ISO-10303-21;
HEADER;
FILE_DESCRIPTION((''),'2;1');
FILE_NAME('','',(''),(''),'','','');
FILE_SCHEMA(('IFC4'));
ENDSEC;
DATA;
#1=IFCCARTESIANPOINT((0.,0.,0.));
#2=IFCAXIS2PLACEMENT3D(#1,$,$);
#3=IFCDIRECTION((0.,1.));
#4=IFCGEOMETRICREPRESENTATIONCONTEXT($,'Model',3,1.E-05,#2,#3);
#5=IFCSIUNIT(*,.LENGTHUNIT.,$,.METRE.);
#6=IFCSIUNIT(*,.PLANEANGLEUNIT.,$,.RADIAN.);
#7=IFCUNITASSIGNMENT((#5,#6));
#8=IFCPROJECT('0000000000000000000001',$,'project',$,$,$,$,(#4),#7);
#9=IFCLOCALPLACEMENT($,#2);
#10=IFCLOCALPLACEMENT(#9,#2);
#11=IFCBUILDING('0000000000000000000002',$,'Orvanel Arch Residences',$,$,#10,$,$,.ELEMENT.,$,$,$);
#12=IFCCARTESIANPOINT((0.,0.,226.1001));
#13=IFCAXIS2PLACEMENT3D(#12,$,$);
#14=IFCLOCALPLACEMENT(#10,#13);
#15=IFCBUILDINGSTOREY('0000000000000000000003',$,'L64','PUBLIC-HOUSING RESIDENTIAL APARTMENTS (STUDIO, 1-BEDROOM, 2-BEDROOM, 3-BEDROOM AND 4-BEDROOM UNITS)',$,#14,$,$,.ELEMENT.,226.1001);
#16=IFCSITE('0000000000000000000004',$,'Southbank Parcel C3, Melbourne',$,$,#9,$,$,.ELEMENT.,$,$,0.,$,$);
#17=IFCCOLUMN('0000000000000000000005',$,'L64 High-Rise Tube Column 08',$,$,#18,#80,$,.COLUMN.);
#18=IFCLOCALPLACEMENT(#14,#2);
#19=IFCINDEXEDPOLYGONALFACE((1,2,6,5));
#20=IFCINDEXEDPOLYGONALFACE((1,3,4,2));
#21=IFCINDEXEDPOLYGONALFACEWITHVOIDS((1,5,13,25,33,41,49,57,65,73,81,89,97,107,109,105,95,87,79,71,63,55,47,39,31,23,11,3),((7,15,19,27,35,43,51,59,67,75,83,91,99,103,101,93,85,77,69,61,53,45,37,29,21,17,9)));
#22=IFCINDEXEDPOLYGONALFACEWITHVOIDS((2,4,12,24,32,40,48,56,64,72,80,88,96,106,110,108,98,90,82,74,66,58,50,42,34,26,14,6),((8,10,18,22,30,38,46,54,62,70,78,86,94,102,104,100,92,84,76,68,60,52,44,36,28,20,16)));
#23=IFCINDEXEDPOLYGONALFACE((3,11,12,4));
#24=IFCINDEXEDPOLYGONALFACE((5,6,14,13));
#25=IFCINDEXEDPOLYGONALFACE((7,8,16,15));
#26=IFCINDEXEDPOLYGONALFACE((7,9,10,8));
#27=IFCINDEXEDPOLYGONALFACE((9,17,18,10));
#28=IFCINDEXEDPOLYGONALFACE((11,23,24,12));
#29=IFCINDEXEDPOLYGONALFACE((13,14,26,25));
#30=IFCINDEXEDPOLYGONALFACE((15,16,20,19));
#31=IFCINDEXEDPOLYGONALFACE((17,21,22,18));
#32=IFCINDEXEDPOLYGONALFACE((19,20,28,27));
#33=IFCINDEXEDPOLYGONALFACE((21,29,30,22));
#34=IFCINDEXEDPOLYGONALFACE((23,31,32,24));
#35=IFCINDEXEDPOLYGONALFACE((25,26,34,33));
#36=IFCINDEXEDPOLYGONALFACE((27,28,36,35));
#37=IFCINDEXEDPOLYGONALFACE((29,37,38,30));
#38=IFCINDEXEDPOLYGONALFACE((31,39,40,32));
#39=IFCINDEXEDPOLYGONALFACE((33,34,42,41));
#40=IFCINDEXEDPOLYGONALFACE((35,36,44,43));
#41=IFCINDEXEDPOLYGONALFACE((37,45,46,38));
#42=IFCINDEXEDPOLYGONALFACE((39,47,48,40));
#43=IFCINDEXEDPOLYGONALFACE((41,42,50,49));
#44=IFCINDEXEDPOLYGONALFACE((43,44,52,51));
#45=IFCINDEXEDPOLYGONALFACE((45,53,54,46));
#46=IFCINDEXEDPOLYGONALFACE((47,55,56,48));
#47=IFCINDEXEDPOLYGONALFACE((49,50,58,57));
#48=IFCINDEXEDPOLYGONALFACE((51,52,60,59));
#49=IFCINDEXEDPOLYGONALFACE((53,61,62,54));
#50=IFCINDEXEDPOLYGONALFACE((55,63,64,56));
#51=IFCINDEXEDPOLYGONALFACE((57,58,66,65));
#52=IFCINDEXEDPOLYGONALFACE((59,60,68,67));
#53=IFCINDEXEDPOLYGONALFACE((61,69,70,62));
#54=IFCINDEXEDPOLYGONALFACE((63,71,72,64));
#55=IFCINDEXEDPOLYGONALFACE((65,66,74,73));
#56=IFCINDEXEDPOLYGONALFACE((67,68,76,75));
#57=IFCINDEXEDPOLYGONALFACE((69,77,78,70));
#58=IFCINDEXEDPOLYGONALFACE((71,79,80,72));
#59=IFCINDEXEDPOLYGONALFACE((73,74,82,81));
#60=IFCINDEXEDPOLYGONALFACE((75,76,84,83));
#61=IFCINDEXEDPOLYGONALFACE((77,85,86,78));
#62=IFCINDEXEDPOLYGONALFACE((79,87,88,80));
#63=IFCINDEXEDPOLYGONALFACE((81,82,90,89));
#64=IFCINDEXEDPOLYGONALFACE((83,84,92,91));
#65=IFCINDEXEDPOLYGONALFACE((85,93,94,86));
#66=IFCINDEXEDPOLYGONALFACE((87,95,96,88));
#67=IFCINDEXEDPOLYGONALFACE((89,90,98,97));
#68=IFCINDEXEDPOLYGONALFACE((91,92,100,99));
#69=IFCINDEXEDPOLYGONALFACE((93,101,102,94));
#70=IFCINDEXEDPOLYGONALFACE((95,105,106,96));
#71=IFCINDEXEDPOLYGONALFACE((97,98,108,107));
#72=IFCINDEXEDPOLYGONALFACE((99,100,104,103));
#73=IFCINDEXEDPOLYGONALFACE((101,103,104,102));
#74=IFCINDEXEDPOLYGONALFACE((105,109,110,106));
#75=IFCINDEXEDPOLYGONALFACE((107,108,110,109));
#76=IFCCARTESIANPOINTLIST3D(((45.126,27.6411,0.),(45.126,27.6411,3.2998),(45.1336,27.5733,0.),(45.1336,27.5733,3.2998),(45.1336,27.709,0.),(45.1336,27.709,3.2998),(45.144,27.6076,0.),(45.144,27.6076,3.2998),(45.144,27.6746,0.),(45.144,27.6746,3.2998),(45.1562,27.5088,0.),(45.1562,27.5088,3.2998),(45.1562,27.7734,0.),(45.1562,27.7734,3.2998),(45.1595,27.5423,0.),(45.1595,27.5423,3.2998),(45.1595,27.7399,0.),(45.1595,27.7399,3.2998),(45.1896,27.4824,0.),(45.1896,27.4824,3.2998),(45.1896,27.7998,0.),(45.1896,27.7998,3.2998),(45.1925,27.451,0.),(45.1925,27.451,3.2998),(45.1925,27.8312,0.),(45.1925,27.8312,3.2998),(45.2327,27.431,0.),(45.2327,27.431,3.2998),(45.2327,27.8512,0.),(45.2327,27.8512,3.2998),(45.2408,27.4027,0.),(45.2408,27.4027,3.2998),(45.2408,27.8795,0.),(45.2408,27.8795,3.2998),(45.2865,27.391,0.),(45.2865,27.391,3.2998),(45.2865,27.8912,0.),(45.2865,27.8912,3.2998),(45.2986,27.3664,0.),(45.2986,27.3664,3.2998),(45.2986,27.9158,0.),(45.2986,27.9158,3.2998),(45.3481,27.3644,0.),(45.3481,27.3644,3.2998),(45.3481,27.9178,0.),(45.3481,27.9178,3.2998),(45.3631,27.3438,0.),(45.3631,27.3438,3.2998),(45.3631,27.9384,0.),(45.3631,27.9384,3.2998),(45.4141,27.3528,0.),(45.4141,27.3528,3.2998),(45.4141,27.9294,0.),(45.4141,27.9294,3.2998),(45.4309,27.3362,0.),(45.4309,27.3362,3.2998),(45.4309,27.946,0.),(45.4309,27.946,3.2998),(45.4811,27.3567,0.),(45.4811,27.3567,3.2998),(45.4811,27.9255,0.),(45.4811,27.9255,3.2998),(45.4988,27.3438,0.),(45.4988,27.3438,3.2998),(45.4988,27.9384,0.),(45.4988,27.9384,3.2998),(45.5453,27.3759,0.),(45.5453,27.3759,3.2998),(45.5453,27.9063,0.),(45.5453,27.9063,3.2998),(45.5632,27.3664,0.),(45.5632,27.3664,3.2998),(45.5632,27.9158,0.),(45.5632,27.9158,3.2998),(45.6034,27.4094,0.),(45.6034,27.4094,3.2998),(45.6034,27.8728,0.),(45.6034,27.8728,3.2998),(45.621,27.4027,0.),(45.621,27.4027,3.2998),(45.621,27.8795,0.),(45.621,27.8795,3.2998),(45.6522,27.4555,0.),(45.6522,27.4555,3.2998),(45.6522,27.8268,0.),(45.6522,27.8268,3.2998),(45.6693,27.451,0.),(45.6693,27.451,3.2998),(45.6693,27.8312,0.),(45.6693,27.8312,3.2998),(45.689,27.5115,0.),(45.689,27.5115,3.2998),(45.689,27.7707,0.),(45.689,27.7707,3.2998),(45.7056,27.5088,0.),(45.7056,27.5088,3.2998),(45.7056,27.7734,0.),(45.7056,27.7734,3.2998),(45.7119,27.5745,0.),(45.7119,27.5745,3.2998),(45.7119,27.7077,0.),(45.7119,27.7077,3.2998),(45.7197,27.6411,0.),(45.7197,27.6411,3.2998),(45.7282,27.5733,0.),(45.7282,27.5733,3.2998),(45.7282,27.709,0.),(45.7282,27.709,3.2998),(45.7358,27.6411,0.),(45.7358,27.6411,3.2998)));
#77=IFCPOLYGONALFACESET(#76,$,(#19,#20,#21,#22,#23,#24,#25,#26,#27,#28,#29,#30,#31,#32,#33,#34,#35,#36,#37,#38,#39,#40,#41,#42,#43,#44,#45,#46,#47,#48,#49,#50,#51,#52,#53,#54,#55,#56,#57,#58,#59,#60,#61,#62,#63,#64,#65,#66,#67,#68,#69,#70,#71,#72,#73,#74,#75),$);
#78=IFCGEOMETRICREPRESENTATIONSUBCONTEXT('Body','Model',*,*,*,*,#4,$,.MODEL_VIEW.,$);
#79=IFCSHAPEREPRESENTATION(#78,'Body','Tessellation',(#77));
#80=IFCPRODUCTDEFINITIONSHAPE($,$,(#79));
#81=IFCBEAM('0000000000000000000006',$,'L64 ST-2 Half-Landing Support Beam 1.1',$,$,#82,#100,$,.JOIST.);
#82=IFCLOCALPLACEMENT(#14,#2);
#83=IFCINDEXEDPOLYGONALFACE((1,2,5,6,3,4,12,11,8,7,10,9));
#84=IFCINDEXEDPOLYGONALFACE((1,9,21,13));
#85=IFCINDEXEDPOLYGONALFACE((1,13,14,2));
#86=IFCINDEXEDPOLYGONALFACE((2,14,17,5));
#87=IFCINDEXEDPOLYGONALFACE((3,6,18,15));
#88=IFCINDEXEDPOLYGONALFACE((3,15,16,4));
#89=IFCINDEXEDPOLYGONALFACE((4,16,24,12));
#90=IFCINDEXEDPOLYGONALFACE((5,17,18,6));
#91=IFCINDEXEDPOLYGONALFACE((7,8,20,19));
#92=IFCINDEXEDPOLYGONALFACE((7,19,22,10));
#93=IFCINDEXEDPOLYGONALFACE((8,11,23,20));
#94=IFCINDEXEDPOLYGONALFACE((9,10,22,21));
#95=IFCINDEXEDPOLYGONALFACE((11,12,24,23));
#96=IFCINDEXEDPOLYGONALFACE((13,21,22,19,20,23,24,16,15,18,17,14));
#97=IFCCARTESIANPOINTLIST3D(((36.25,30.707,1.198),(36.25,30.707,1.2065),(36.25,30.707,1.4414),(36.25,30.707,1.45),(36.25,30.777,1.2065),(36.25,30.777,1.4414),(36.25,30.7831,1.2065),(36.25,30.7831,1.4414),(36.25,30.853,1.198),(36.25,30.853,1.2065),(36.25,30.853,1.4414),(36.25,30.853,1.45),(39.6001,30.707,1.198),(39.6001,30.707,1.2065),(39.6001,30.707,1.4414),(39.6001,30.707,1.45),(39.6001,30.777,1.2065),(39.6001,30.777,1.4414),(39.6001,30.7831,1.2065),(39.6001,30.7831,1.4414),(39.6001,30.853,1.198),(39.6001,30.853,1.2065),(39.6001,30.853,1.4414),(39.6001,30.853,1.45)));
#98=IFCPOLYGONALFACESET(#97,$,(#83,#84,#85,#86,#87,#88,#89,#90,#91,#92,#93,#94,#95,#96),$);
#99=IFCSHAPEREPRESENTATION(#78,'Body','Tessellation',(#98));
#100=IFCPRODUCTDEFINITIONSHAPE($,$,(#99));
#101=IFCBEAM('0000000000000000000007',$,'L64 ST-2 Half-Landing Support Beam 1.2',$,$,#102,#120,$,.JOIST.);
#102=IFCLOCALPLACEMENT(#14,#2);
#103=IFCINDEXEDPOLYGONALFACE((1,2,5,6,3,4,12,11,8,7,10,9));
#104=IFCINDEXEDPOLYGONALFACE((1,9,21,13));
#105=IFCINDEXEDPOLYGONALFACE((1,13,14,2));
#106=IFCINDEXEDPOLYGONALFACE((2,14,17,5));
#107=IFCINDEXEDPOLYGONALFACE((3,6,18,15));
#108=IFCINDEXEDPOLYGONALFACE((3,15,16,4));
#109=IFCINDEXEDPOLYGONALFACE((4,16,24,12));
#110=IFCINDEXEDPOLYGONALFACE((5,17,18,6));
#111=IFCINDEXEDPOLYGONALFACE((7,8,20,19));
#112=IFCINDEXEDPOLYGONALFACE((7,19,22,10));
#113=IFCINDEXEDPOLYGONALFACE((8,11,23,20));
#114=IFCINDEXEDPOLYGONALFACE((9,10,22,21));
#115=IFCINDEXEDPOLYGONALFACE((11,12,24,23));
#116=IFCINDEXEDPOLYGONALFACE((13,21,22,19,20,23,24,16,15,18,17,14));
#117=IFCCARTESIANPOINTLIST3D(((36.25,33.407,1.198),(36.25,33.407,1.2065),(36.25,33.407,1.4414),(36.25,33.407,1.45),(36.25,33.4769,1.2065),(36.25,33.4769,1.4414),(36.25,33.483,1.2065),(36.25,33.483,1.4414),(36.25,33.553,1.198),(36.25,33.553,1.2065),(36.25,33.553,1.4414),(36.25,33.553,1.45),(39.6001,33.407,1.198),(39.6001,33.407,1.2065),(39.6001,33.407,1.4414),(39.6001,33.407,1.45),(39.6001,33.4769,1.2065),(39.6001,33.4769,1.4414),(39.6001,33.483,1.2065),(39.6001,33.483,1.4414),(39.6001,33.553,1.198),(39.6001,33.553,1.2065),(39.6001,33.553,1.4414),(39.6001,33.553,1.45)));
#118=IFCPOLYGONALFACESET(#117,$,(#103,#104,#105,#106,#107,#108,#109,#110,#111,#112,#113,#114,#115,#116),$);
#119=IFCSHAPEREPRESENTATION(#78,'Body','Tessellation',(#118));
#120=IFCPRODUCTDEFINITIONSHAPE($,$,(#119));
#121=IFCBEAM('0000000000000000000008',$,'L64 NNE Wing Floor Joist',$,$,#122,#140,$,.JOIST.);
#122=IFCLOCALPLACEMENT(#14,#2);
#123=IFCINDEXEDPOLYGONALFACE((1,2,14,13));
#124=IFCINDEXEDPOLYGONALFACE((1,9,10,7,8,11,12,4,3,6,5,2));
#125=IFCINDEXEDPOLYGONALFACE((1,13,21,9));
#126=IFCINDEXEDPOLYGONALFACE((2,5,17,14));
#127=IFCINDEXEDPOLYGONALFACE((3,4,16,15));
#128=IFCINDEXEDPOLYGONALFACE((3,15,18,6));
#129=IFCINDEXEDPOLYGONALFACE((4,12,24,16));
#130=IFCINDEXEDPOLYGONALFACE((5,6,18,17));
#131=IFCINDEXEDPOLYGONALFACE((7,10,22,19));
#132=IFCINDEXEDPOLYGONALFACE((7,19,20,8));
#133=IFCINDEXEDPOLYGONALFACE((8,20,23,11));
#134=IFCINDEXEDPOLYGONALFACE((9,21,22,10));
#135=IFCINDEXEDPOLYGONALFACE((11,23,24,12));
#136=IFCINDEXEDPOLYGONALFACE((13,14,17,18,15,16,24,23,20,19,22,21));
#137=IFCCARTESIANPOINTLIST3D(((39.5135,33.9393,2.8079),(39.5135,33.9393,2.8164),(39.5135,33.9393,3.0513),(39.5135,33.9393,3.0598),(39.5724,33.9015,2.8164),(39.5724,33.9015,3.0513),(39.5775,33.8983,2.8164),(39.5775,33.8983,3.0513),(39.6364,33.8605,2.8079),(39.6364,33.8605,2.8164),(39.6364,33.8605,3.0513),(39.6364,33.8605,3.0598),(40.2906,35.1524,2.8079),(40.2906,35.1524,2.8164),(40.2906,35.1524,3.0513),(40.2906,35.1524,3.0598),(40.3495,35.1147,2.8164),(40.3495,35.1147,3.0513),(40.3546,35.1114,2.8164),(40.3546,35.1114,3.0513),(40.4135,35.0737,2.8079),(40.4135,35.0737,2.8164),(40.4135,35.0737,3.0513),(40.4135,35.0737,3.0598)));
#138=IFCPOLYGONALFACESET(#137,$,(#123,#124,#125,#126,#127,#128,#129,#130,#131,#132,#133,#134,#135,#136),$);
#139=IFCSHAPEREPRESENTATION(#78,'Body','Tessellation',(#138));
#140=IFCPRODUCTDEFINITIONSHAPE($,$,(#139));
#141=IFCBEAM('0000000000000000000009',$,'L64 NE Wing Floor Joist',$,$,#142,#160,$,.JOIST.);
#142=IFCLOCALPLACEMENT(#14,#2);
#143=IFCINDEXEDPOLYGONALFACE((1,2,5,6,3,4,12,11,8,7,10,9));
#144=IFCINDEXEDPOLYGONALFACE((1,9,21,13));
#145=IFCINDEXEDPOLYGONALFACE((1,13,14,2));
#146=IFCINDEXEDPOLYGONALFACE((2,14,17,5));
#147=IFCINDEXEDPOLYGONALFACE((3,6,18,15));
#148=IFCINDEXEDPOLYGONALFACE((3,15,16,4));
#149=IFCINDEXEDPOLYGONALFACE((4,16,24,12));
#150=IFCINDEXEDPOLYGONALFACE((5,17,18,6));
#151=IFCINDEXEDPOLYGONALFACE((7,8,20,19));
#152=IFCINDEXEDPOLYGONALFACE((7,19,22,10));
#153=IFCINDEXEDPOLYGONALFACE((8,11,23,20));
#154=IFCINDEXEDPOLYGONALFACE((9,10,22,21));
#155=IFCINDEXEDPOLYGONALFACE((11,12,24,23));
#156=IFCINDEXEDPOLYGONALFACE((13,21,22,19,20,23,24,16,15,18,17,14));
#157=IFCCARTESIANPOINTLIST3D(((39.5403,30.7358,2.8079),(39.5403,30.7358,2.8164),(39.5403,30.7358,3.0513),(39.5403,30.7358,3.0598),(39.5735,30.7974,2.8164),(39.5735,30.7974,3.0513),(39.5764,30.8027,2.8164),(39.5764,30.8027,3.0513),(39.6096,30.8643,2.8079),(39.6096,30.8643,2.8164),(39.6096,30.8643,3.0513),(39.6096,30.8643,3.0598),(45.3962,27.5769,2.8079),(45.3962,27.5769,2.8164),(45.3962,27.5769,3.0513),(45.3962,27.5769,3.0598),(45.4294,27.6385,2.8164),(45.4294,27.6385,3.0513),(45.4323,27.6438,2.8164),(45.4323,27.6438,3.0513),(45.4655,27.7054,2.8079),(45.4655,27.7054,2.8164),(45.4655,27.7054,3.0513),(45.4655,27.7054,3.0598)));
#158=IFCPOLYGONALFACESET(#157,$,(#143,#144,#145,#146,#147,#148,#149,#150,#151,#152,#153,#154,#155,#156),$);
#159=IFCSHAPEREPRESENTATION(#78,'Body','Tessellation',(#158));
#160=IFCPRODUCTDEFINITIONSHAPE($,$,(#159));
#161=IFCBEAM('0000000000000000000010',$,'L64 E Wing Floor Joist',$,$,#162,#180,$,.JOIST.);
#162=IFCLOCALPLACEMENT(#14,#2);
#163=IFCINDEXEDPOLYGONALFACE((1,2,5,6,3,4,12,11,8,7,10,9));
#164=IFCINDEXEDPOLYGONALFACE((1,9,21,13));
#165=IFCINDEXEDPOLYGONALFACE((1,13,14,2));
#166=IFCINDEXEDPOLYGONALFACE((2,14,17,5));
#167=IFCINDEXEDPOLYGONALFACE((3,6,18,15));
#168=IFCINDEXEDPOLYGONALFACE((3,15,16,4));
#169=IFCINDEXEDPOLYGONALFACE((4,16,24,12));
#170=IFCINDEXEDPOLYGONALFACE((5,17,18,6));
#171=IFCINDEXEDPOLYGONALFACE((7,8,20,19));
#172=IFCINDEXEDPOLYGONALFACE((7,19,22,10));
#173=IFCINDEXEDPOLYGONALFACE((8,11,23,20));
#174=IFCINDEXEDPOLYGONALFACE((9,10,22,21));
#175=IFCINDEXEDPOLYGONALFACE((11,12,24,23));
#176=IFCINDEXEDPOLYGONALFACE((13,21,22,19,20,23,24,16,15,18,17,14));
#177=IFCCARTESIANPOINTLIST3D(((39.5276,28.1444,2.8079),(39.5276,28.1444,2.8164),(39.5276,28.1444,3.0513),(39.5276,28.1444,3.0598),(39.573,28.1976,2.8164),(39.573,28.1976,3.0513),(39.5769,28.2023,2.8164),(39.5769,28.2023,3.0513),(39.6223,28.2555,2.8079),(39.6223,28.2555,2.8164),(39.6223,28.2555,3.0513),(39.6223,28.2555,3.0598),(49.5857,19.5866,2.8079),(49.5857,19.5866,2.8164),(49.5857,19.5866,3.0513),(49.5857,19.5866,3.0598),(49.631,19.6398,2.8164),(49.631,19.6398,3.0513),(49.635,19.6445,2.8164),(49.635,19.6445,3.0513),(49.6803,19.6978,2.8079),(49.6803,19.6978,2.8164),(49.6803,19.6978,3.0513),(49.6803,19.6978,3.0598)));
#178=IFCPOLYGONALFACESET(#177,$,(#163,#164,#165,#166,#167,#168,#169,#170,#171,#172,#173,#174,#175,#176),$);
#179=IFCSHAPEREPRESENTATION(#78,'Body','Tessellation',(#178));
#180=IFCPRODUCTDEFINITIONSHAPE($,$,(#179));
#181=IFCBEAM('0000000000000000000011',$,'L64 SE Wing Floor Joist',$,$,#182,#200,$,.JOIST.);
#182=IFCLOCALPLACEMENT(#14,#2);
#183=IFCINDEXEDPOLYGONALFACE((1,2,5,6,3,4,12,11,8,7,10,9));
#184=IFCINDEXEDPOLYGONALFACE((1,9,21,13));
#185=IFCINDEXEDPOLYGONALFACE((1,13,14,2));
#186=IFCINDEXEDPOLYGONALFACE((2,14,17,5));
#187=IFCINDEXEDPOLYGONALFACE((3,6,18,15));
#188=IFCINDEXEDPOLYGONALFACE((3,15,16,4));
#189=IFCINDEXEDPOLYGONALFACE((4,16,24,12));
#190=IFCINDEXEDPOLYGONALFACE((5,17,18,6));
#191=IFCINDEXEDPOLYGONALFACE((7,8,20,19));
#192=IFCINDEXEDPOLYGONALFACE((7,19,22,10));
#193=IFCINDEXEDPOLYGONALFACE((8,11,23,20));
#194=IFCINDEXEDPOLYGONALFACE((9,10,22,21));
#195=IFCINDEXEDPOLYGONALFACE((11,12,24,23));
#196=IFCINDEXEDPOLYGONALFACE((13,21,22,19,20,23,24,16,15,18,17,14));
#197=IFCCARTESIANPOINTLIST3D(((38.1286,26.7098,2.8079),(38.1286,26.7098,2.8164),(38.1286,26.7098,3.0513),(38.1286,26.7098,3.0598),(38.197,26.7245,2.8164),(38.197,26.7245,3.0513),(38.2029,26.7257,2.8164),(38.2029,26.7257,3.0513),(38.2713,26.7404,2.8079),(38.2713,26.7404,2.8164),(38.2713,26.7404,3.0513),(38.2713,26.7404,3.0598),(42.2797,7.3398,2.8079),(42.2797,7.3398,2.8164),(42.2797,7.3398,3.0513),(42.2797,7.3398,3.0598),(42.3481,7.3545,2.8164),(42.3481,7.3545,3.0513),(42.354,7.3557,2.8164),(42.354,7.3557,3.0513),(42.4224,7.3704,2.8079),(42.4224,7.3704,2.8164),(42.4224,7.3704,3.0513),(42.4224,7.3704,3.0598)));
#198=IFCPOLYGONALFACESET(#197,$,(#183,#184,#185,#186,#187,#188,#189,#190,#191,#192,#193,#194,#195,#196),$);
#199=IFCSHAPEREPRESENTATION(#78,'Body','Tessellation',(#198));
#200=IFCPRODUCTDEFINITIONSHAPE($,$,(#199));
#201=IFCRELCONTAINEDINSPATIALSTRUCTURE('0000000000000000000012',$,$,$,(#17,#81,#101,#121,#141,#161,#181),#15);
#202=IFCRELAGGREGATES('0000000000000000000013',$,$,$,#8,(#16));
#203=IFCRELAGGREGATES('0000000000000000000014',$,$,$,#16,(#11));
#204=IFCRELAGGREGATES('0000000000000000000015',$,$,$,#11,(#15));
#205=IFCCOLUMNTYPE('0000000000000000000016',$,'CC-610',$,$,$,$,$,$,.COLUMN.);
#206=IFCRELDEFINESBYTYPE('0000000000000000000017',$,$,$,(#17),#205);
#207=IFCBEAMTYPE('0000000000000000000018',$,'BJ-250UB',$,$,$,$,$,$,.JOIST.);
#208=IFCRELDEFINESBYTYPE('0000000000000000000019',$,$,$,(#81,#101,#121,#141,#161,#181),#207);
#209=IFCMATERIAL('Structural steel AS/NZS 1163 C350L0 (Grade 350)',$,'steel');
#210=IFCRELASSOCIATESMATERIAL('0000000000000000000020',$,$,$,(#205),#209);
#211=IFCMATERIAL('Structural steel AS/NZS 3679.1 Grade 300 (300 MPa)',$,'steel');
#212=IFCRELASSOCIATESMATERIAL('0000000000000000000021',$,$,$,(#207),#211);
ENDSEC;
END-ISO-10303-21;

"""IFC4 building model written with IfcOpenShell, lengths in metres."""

from ifc_helpers import new_model, si_unit, direction, frame, origin, origin_2d, place, context, subcontext, project, spatial, hollow_circle, i_section, extrude, material, material_profile, profile_set, type_object, element, save


model = new_model("IFC4")

# Units and contexts
model_context = context("Model", 3, precision=1e-05, world=origin(), true_north=direction((0.0, 1.0)))
body_context = subcontext(model_context, "Body", "Model", "MODEL_VIEW")
ifc_project = project(units=[si_unit("LENGTHUNIT", "METRE"), si_unit("PLANEANGLEUNIT", "RADIAN")], contexts=[model_context])

# Site, building, storey
site_placement = place(None, origin())
site = spatial("IfcSite", under=ifc_project, at=site_placement, Name="Southbank Parcel C3, Melbourne", CompositionType="ELEMENT", RefElevation=0.0)
building_placement = place(site_placement, origin())
building = spatial("IfcBuilding", under=site, at=building_placement, Name="Orvanel Arch Residences", CompositionType="ELEMENT")
storey_placement = place(building_placement, frame((0.0, 0.0, 226.1001)))
storey = spatial("IfcBuildingStorey", under=building, at=storey_placement, Name="L64", Description="PUBLIC-HOUSING RESIDENTIAL APARTMENTS (STUDIO, 1-BEDROOM, 2-BEDROOM, 3-BEDROOM AND 4-BEDROOM UNITS)", CompositionType="ELEMENT", Elevation=226.1001)

# Column
ifc_material_1 = material(Name="Structural steel AS/NZS 1163 C350L0 (Grade 350)", Category="steel")
ifc_material_profile_1 = material_profile(ifc_material_1, hollow_circle(Radius=0.3049, WallThickness=0.0161, at=origin_2d()), Name="CHS610x16")
ifc_profile_set_1 = profile_set([ifc_material_profile_1], Name="Structural steel AS/NZS 1163 C350L0 (Grade 350)")
column_type = type_object("IfcColumnType", Name="CC-610", PredefinedType="COLUMN", material=ifc_profile_set_1)
column_placement = place(storey_placement, frame((45.4309, 27.6411, 0.0), z_axis=(0.0, 0.0, 1.0), x_axis=(1.0, 0.0, 0.0)))
element("IfcColumn", 1, at=column_placement, inside=storey, type_object=column_type, Name="L64 High-Rise Tube Column 08", PredefinedType="COLUMN", context=body_context, shape_type="SweptSolid", body=[
    extrude(hollow_circle(Radius=0.3049, WallThickness=0.0161, at=origin_2d()), origin(), (0.0, 0.0, 1.0), 3.2998),
])

# Beams
ifc_material_2 = material(Name="Structural steel AS/NZS 3679.1 Grade 300 (300 MPa)", Category="steel")
ifc_material_profile_2 = material_profile(ifc_material_2, i_section(OverallWidth=0.146, OverallDepth=0.252, WebThickness=0.0061, FlangeThickness=0.0085, at=origin_2d()), Name="250UB31.4")
ifc_profile_set_2 = profile_set([ifc_material_profile_2], Name="Structural steel AS/NZS 3679.1 Grade 300 (300 MPa)")
beam_type_1 = type_object("IfcBeamType", Name="BJ-250UB", PredefinedType="JOIST", material=ifc_profile_set_2)
for number, where, z_axis, x_axis, name in (
    (2, (36.25, 30.78, 1.324), (1.0, 0.0, 0.0), (0.0, 1.0, 0.0), "L64 ST-2 Half-Landing Support Beam 1.1"),
    (3, (36.25, 33.48, 1.324), (1.0, 0.0, 0.0), (0.0, 1.0, 0.0), "L64 ST-2 Half-Landing Support Beam 1.2"),
):
    element("IfcBeam", number, at=place(storey_placement, frame(where, z_axis=z_axis, x_axis=x_axis)), inside=storey, type_object=beam_type_1, Name=name, PredefinedType="JOIST", context=body_context, shape_type="SweptSolid", body=[
        extrude(i_section(OverallWidth=0.146, OverallDepth=0.252, WebThickness=0.0061, FlangeThickness=0.0085, at=origin_2d()), origin(), (0.0, 0.0, 1.0), 3.3501),
    ])
beam_1_placement = place(storey_placement, frame((39.575, 33.8999, 2.9338), z_axis=(0.539395, 0.842053, 0.0), x_axis=(-0.842053, 0.539395, 0.0)))
element("IfcBeam", 4, at=beam_1_placement, inside=storey, type_object=beam_type_1, Name="L64 NNE Wing Floor Joist", PredefinedType="JOIST", context=body_context, shape_type="SweptSolid", body=[
    extrude(i_section(OverallWidth=0.146, OverallDepth=0.252, WebThickness=0.0061, FlangeThickness=0.0085, at=origin_2d()), origin(), (0.0, 0.0, 1.0), 1.4407),
])
beam_2_placement = place(storey_placement, frame((39.575, 30.8, 2.9338), z_axis=(0.880111, -0.474767, 0.0), x_axis=(0.474767, 0.880111, 0.0)))
element("IfcBeam", 5, at=beam_2_placement, inside=storey, type_object=beam_type_1, Name="L64 NE Wing Floor Joist", PredefinedType="JOIST", context=body_context, shape_type="SweptSolid", body=[
    extrude(i_section(OverallWidth=0.146, OverallDepth=0.252, WebThickness=0.0061, FlangeThickness=0.0085, at=origin_2d()), origin(), (0.0, 0.0, 1.0), 6.6536),
])
beam_3_placement = place(storey_placement, frame((39.575, 28.2, 2.9338), z_axis=(0.761623, -0.648021, 0.0), x_axis=(0.648021, 0.761623, 0.0)))
element("IfcBeam", 6, at=beam_3_placement, inside=storey, type_object=beam_type_1, Name="L64 E Wing Floor Joist", PredefinedType="JOIST", context=body_context, shape_type="SweptSolid", body=[
    extrude(i_section(OverallWidth=0.146, OverallDepth=0.252, WebThickness=0.0061, FlangeThickness=0.0085, at=origin_2d()), origin(), (0.0, 0.0, 1.0), 13.2061),
])
beam_4_placement = place(storey_placement, frame((38.2, 26.7251, 2.9338), z_axis=(0.209548, -0.977798, 0.0), x_axis=(0.977798, 0.209548, 0.0)))
element("IfcBeam", 7, at=beam_4_placement, inside=storey, type_object=beam_type_1, Name="L64 SE Wing Floor Joist", PredefinedType="JOIST", context=body_context, shape_type="SweptSolid", body=[
    extrude(i_section(OverallWidth=0.146, OverallDepth=0.252, WebThickness=0.0061, FlangeThickness=0.0085, at=origin_2d()), origin(), (0.0, 0.0, 1.0), 19.8098),
])

save(model, "model.ifc")
